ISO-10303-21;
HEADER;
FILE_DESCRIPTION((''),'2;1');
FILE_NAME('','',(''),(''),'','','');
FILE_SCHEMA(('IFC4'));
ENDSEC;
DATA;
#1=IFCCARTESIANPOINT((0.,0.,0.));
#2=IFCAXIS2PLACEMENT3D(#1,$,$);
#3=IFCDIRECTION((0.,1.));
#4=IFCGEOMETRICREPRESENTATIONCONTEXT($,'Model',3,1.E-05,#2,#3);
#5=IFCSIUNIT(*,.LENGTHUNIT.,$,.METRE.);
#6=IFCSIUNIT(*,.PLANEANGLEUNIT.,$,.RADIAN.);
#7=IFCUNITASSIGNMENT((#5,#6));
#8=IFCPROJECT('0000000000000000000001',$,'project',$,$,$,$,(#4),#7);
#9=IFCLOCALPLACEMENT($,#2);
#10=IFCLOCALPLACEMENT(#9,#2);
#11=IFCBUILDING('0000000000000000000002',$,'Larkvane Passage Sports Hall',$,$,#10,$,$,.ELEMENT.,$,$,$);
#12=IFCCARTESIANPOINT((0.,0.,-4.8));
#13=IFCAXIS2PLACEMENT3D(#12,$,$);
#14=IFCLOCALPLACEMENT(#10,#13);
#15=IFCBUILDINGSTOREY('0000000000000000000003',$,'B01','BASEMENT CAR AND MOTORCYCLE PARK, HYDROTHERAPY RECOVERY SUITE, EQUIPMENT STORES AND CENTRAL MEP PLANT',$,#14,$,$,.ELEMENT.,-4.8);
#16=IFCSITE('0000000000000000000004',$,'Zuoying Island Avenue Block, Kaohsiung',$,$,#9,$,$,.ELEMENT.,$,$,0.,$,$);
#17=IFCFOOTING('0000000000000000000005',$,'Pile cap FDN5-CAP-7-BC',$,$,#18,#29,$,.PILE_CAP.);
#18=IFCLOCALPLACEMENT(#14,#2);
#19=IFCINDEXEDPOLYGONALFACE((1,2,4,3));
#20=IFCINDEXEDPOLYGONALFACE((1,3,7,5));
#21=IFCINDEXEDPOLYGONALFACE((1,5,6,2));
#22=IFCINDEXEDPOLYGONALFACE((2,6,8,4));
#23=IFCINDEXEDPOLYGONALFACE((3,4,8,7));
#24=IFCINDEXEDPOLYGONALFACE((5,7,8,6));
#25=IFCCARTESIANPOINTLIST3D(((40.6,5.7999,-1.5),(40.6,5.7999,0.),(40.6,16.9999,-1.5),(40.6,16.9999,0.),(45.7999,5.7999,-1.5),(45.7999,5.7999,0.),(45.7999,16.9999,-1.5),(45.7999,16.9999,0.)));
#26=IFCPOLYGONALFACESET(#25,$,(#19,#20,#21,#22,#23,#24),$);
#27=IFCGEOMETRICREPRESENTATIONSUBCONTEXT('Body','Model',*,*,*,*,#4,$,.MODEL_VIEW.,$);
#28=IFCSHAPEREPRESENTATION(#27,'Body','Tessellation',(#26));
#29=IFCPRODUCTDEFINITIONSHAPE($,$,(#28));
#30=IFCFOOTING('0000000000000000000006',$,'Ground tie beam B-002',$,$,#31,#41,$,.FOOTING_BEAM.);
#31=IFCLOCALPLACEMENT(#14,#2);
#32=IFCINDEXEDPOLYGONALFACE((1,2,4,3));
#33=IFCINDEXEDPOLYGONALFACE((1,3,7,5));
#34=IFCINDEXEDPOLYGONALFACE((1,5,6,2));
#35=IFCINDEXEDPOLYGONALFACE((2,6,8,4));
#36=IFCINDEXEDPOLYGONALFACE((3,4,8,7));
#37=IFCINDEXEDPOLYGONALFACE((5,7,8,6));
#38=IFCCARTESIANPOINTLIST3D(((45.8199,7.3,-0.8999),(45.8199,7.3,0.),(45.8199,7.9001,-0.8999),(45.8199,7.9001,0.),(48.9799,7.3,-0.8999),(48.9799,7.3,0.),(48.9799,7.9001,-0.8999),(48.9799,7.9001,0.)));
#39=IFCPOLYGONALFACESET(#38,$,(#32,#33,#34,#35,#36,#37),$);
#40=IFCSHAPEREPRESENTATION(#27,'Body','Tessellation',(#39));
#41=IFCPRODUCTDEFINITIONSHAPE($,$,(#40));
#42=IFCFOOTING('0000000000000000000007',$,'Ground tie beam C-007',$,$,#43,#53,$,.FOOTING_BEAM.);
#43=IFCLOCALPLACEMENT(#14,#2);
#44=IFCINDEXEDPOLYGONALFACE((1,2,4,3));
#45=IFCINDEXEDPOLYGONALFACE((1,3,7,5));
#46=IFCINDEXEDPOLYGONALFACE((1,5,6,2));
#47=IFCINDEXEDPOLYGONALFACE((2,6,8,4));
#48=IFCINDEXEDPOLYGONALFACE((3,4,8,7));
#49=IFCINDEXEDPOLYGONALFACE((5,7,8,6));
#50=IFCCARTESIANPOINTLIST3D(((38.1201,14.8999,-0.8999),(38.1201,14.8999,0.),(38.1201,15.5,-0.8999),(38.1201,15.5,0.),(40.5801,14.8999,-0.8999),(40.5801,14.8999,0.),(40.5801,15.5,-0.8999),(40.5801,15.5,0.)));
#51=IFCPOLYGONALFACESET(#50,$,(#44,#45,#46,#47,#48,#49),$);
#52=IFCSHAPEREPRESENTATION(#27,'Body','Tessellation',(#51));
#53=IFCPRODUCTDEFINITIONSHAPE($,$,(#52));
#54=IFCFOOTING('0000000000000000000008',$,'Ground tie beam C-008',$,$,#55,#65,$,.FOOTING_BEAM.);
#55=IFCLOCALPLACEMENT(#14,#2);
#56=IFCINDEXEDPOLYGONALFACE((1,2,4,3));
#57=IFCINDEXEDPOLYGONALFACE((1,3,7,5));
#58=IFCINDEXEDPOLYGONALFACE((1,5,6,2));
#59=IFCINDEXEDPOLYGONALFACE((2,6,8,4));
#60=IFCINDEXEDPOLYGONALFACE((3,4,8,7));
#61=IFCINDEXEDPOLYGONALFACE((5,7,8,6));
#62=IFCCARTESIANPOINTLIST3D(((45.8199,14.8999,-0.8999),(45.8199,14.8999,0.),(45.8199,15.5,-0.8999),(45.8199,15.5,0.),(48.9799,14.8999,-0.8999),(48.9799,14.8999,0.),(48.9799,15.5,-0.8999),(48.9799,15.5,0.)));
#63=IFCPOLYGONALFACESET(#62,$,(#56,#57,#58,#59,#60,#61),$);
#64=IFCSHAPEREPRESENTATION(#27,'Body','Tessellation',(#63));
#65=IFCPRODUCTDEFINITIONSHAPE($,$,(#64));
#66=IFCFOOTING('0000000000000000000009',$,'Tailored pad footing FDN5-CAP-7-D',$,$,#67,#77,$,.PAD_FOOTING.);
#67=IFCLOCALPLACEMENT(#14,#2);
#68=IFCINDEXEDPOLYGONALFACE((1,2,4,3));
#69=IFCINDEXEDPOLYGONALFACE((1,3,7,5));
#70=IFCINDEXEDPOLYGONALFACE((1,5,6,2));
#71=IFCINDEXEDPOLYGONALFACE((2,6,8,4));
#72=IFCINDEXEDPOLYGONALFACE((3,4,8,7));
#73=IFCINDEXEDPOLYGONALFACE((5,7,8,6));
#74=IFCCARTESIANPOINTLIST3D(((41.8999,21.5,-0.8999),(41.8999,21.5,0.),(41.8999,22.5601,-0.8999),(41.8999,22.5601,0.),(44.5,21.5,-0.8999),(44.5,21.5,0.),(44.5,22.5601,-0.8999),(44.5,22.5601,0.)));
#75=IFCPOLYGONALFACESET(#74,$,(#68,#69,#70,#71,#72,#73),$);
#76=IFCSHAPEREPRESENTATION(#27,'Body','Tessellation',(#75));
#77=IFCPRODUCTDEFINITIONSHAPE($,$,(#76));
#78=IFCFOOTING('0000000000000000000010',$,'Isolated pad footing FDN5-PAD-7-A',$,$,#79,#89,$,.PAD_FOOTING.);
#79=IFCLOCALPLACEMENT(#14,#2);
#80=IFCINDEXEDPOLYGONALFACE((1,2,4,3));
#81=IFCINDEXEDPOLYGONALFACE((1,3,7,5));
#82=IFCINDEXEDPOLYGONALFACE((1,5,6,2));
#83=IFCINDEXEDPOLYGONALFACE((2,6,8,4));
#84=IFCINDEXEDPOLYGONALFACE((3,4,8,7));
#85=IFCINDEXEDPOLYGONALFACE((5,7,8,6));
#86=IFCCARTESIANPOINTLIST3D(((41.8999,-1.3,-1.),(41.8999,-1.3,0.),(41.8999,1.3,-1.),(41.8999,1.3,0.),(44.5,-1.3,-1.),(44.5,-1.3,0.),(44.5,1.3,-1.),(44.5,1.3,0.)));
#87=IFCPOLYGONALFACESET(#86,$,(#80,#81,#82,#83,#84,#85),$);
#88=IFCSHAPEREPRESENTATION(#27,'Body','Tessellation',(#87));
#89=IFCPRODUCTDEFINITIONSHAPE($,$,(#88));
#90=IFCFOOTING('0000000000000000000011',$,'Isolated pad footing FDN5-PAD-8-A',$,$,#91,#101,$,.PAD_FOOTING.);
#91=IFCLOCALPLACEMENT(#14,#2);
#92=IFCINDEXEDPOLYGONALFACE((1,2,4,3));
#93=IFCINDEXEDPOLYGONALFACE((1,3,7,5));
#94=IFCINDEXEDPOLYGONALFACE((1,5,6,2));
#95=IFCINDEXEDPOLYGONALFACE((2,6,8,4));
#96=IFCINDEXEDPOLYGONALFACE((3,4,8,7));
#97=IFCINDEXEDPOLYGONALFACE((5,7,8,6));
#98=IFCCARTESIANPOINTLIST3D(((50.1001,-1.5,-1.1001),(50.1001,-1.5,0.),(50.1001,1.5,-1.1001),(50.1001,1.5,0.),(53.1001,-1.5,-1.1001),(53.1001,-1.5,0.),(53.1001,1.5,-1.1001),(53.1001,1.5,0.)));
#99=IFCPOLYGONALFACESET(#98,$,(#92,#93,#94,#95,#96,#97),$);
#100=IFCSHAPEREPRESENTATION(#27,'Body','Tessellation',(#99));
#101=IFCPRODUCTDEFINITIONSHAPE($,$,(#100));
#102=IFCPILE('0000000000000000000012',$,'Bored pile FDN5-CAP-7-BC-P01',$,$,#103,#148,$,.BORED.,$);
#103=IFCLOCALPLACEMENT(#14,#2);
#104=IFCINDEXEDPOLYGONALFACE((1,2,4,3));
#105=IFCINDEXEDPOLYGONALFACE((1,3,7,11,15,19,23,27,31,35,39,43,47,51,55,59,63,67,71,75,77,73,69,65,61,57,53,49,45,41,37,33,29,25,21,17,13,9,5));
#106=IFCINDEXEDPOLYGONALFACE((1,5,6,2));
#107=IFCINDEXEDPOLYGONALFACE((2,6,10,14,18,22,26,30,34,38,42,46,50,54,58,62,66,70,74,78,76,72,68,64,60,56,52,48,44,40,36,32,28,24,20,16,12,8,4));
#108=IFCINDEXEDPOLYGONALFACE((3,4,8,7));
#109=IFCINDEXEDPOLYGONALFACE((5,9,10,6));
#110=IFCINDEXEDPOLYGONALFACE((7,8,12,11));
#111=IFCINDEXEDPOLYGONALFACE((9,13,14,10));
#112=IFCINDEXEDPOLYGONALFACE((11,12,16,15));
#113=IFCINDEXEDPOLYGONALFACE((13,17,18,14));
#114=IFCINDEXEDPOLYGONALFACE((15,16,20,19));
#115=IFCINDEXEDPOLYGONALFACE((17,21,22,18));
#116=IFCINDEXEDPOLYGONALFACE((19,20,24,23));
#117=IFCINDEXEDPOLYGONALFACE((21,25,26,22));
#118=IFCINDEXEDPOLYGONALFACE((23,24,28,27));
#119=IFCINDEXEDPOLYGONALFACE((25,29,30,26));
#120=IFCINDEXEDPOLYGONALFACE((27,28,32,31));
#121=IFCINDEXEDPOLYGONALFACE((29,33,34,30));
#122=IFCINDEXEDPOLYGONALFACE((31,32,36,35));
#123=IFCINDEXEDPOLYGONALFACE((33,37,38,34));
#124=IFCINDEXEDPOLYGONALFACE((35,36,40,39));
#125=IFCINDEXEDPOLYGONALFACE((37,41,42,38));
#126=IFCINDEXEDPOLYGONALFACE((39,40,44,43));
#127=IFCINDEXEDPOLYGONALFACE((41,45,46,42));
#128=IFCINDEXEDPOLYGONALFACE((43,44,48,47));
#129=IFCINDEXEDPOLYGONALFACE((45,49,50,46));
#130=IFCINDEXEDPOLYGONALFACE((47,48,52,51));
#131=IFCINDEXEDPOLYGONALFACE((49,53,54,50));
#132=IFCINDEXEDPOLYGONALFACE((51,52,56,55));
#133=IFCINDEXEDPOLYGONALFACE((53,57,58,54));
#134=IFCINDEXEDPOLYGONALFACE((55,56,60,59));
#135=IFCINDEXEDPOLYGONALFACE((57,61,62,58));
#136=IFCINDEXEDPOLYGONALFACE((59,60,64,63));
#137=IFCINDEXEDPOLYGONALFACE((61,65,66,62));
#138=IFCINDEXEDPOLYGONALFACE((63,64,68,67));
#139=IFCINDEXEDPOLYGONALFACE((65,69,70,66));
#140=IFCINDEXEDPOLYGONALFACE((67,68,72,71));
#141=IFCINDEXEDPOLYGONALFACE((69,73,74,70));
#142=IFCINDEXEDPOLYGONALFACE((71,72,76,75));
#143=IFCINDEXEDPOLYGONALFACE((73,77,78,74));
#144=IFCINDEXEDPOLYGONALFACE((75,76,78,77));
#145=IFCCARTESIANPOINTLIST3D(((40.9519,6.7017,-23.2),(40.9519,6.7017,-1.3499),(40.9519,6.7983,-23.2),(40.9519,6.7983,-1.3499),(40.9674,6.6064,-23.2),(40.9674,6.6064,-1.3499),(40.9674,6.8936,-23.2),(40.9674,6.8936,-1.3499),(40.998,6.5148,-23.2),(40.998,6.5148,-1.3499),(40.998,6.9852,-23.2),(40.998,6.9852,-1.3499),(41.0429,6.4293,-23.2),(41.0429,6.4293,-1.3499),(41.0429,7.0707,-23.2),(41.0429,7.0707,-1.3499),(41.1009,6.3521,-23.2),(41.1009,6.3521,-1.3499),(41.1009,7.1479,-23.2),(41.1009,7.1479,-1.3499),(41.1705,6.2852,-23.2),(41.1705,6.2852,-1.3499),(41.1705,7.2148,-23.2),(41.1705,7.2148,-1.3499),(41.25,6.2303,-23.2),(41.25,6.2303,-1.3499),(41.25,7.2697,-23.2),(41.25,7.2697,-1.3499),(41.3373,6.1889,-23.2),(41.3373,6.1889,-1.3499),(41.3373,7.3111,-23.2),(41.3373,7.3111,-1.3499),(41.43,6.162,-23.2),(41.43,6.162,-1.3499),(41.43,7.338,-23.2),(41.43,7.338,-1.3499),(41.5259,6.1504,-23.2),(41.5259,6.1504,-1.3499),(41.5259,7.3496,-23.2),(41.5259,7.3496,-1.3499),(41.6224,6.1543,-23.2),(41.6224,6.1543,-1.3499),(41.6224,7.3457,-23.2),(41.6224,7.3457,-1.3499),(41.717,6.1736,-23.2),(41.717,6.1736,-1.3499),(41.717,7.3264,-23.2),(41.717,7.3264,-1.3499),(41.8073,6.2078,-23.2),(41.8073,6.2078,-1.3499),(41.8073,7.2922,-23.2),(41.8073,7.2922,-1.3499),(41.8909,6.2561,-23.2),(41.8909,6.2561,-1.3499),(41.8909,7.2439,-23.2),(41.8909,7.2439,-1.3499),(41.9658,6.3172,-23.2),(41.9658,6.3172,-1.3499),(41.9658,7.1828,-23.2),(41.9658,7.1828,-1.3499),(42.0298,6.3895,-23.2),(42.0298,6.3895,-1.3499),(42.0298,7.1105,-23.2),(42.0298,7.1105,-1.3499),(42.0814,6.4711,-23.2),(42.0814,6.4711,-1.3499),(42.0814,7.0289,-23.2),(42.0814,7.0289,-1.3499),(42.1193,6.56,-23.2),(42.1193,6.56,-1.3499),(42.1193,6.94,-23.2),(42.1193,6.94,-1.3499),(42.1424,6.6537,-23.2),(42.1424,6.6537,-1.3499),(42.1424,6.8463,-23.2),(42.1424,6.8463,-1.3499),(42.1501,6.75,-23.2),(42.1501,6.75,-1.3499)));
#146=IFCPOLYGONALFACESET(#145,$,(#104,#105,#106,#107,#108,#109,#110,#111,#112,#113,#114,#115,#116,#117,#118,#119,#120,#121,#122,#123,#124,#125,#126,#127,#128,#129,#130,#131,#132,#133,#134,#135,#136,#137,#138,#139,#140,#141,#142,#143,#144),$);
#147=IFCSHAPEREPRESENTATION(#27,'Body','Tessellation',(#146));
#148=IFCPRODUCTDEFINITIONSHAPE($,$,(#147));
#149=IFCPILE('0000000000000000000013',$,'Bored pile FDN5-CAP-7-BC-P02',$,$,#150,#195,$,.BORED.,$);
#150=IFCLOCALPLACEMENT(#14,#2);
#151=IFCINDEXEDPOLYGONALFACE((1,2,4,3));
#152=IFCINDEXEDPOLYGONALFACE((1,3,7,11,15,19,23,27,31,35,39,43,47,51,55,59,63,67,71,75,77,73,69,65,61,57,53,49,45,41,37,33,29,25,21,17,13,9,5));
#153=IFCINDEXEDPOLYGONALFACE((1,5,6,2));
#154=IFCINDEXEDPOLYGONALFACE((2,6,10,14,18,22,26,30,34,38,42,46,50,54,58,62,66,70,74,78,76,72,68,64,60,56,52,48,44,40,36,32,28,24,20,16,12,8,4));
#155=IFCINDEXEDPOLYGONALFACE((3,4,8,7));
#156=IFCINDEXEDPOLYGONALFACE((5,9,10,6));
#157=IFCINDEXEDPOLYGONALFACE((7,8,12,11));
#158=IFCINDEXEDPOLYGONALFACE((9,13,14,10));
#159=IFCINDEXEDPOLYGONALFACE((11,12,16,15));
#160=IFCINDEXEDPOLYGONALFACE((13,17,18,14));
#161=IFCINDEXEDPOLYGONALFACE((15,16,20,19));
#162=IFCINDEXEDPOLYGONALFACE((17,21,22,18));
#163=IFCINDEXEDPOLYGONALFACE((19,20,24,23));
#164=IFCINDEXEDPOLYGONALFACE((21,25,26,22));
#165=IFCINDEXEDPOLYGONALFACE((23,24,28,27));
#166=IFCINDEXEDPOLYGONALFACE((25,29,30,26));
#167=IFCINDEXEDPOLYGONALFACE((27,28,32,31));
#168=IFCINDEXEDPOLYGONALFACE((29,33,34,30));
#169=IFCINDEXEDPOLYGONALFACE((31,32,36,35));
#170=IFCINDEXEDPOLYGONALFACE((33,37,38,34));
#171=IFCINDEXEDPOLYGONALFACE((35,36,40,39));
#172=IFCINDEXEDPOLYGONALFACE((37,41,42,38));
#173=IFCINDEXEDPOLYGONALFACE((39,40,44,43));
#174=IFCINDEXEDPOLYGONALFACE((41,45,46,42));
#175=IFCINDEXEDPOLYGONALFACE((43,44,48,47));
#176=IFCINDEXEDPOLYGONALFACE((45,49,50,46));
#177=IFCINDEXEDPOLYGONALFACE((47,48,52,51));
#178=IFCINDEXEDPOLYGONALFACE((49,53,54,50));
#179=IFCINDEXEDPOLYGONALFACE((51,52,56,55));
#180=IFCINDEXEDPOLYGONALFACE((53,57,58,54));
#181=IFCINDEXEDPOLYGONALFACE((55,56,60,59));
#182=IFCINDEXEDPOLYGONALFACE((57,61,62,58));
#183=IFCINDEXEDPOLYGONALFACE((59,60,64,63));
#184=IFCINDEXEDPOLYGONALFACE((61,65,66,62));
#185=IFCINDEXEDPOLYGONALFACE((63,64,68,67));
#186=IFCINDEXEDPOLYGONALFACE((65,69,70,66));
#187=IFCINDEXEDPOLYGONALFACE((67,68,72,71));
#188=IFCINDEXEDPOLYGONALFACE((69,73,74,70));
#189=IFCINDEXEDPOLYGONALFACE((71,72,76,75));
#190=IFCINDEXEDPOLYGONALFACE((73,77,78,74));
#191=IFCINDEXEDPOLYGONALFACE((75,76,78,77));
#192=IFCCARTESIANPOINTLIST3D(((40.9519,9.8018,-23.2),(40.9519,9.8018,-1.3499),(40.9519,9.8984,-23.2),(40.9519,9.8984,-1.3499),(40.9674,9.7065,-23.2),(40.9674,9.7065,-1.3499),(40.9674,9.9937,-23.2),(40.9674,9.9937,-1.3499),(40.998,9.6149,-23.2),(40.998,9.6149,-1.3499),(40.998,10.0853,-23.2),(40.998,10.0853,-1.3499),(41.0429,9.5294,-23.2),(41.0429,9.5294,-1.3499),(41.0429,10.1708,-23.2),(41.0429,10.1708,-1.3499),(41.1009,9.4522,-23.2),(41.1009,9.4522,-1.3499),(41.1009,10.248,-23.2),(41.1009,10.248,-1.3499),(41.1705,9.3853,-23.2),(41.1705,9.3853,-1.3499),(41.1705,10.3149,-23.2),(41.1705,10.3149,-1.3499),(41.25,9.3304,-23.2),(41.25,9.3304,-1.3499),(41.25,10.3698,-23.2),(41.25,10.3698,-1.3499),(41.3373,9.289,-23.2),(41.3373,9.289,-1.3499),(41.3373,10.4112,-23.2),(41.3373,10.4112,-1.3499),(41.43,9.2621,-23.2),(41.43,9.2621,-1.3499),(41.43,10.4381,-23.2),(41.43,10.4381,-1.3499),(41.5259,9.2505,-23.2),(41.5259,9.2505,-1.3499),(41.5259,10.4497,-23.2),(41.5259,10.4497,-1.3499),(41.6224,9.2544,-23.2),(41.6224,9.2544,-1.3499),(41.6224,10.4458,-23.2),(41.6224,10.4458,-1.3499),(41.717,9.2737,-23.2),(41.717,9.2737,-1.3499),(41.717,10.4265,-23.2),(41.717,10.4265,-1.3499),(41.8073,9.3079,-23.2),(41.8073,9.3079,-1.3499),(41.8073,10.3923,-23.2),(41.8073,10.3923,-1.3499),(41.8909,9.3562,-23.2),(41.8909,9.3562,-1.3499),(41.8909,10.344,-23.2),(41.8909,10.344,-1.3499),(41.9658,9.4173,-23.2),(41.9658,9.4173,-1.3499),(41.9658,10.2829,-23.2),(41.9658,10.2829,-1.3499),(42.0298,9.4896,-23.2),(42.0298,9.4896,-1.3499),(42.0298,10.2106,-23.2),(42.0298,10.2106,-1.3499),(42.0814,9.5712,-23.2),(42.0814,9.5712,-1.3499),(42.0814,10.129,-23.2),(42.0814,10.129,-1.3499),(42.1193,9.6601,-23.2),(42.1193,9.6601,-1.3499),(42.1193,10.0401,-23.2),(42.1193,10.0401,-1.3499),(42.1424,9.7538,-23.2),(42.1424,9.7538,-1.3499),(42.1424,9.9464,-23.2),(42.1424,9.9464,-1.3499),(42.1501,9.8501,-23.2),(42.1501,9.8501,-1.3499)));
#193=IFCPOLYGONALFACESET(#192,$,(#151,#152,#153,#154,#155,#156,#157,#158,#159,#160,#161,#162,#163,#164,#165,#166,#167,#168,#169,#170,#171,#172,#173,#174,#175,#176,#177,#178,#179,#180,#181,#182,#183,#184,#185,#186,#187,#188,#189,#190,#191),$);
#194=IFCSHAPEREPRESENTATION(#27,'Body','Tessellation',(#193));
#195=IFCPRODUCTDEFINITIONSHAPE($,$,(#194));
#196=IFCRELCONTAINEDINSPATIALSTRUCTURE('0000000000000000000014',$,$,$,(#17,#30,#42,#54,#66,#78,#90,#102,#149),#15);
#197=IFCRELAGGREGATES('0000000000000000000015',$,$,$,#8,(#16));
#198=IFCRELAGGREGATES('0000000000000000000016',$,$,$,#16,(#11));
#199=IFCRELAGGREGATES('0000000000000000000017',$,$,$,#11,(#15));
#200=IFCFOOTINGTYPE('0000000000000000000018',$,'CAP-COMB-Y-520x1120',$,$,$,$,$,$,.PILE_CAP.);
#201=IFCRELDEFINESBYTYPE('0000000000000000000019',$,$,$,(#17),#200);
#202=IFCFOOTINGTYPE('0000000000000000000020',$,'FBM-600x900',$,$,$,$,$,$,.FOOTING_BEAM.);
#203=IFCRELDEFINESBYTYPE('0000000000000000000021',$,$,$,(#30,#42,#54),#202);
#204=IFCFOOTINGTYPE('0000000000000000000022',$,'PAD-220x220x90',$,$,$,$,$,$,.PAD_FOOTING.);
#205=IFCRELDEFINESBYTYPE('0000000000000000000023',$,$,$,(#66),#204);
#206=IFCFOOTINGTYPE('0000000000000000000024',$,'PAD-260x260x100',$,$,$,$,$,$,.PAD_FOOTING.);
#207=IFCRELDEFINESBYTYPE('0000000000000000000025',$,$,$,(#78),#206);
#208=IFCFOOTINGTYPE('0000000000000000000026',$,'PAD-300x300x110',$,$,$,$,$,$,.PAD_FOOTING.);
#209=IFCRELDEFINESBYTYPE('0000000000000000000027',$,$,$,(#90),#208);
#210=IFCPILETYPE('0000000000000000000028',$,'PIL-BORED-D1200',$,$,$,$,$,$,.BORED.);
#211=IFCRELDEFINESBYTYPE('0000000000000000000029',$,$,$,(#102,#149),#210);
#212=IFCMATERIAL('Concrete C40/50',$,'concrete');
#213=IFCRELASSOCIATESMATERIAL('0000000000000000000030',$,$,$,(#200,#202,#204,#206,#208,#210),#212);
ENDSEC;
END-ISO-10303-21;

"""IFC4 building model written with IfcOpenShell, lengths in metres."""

from ifc_helpers import new_model, si_unit, direction, frame, origin, origin_2d, place, context, subcontext, project, spatial, rectangle, circle, extrude, material, material_profile, profile_set, type_object, element, save


model = new_model("IFC4")

# Units and contexts
model_context = context("Model", 3, precision=1e-05, world=origin(), true_north=direction((0.0, 1.0)))
body_context = subcontext(model_context, "Body", "Model", "MODEL_VIEW")
ifc_project = project(units=[si_unit("LENGTHUNIT", "METRE"), si_unit("PLANEANGLEUNIT", "RADIAN")], contexts=[model_context])

# Site, building, storey
site_placement = place(None, origin())
site = spatial("IfcSite", under=ifc_project, at=site_placement, Name="Zuoying Island Avenue Block, Kaohsiung", CompositionType="ELEMENT", RefElevation=0.0)
building_placement = place(site_placement, origin())
building = spatial("IfcBuilding", under=site, at=building_placement, Name="Larkvane Passage Sports Hall", CompositionType="ELEMENT")
storey_placement = place(building_placement, frame((0.0, 0.0, -4.8)))
storey = spatial("IfcBuildingStorey", under=building, at=storey_placement, Name="B01", Description="BASEMENT CAR AND MOTORCYCLE PARK, HYDROTHERAPY RECOVERY SUITE, EQUIPMENT STORES AND CENTRAL MEP PLANT", CompositionType="ELEMENT", Elevation=-4.8)

# Footings
ifc_material_1 = material(Name="Concrete C40/50", Category="concrete")
footing_type_1 = type_object("IfcFootingType", Name="CAP-COMB-Y-520x1120", PredefinedType="PILE_CAP", material=ifc_material_1)
footing_1_placement = place(storey_placement, frame((43.2, 11.3999, -1.5), z_axis=(0.0, 0.0, 1.0), x_axis=(1.0, 0.0, 0.0)))
element("IfcFooting", 1, at=footing_1_placement, inside=storey, type_object=footing_type_1, Name="Pile cap FDN5-CAP-7-BC", PredefinedType="PILE_CAP", context=body_context, shape_type="SweptSolid", body=[
    extrude(rectangle(XDim=5.2, YDim=11.2, at=origin_2d()), origin(), (0.0, 0.0, 1.0), 1.5),
])
footing_type_2 = type_object("IfcFootingType", Name="FBM-600x900", PredefinedType="FOOTING_BEAM", material=ifc_material_1)
footing_2_placement = place(storey_placement, frame((47.3999, 7.6001, -0.8999), z_axis=(0.0, 0.0, 1.0), x_axis=(1.0, 0.0, 0.0)))
element("IfcFooting", 2, at=footing_2_placement, inside=storey, type_object=footing_type_2, Name="Ground tie beam B-002", PredefinedType="FOOTING_BEAM", context=body_context, shape_type="SweptSolid", body=[
    extrude(rectangle(XDim=3.1599, YDim=0.6001, at=origin_2d()), origin(), (0.0, 0.0, 1.0), 0.8999),
])
footing_3_placement = place(storey_placement, frame((39.3501, 15.2, -0.8999), z_axis=(0.0, 0.0, 1.0), x_axis=(1.0, 0.0, 0.0)))
element("IfcFooting", 3, at=footing_3_placement, inside=storey, type_object=footing_type_2, Name="Ground tie beam C-007", PredefinedType="FOOTING_BEAM", context=body_context, shape_type="SweptSolid", body=[
    extrude(rectangle(XDim=2.46, YDim=0.6001, at=origin_2d()), origin(), (0.0, 0.0, 1.0), 0.8999),
])
footing_4_placement = place(storey_placement, frame((47.3999, 15.2, -0.8999), z_axis=(0.0, 0.0, 1.0), x_axis=(1.0, 0.0, 0.0)))
element("IfcFooting", 4, at=footing_4_placement, inside=storey, type_object=footing_type_2, Name="Ground tie beam C-008", PredefinedType="FOOTING_BEAM", context=body_context, shape_type="SweptSolid", body=[
    extrude(rectangle(XDim=3.1599, YDim=0.6001, at=origin_2d()), origin(), (0.0, 0.0, 1.0), 0.8999),
])
footing_type_3 = type_object("IfcFootingType", Name="PAD-220x220x90", PredefinedType="PAD_FOOTING", material=ifc_material_1)
footing_5_placement = place(storey_placement, frame((43.2, 22.03, -0.8999), z_axis=(0.0, 0.0, 1.0), x_axis=(1.0, 0.0, 0.0)))
element("IfcFooting", 5, at=footing_5_placement, inside=storey, type_object=footing_type_3, Name="Tailored pad footing FDN5-CAP-7-D", PredefinedType="PAD_FOOTING", context=body_context, shape_type="SweptSolid", body=[
    extrude(rectangle(XDim=2.6001, YDim=1.0601, at=origin_2d()), origin(), (0.0, 0.0, 1.0), 0.8999),
])
footing_type_4 = type_object("IfcFootingType", Name="PAD-260x260x100", PredefinedType="PAD_FOOTING", material=ifc_material_1)
footing_6_placement = place(storey_placement, frame((43.2, 0.0, -1.0), z_axis=(0.0, 0.0, 1.0), x_axis=(1.0, 0.0, 0.0)))
element("IfcFooting", 6, at=footing_6_placement, inside=storey, type_object=footing_type_4, Name="Isolated pad footing FDN5-PAD-7-A", PredefinedType="PAD_FOOTING", context=body_context, shape_type="SweptSolid", body=[
    extrude(rectangle(XDim=2.6001, YDim=2.6001, at=origin_2d()), origin(), (0.0, 0.0, 1.0), 1.0),
])
footing_type_5 = type_object("IfcFootingType", Name="PAD-300x300x110", PredefinedType="PAD_FOOTING", material=ifc_material_1)
footing_7_placement = place(storey_placement, frame((51.6001, 0.0, -1.1001), z_axis=(0.0, 0.0, 1.0), x_axis=(1.0, 0.0, 0.0)))
element("IfcFooting", 7, at=footing_7_placement, inside=storey, type_object=footing_type_5, Name="Isolated pad footing FDN5-PAD-8-A", PredefinedType="PAD_FOOTING", context=body_context, shape_type="SweptSolid", body=[
    extrude(rectangle(XDim=3.0, YDim=3.0, at=origin_2d()), origin(), (0.0, 0.0, 1.0), 1.1001),
])

# Piles
ifc_material_profile_1 = material_profile(ifc_material_1, circle(Radius=0.6001, at=origin_2d()), Name="PILE-D1200")
ifc_profile_set_1 = profile_set([ifc_material_profile_1], Name="Concrete C40/50")
pile_type = type_object("IfcPileType", Name="PIL-BORED-D1200", PredefinedType="BORED", material=ifc_profile_set_1)
for number, where, z_axis, x_axis, name in (
    (8, (41.55, 6.75, -1.3499), (0.0, 0.0, -1.0), (1.0, 0.0, 0.0), "Bored pile FDN5-CAP-7-BC-P01"),
    (9, (41.55, 9.8501, -1.3499), (0.0, 0.0, -1.0), (1.0, 0.0, 0.0), "Bored pile FDN5-CAP-7-BC-P02"),
):
    element("IfcPile", number, at=place(storey_placement, frame(where, z_axis=z_axis, x_axis=x_axis)), inside=storey, type_object=pile_type, Name=name, PredefinedType="BORED", context=body_context, shape_type="SweptSolid", body=[
        extrude(circle(Radius=0.6001, at=origin_2d()), origin(), (0.0, 0.0, 1.0), 21.8501),
    ])

save(model, "model.ifc")
